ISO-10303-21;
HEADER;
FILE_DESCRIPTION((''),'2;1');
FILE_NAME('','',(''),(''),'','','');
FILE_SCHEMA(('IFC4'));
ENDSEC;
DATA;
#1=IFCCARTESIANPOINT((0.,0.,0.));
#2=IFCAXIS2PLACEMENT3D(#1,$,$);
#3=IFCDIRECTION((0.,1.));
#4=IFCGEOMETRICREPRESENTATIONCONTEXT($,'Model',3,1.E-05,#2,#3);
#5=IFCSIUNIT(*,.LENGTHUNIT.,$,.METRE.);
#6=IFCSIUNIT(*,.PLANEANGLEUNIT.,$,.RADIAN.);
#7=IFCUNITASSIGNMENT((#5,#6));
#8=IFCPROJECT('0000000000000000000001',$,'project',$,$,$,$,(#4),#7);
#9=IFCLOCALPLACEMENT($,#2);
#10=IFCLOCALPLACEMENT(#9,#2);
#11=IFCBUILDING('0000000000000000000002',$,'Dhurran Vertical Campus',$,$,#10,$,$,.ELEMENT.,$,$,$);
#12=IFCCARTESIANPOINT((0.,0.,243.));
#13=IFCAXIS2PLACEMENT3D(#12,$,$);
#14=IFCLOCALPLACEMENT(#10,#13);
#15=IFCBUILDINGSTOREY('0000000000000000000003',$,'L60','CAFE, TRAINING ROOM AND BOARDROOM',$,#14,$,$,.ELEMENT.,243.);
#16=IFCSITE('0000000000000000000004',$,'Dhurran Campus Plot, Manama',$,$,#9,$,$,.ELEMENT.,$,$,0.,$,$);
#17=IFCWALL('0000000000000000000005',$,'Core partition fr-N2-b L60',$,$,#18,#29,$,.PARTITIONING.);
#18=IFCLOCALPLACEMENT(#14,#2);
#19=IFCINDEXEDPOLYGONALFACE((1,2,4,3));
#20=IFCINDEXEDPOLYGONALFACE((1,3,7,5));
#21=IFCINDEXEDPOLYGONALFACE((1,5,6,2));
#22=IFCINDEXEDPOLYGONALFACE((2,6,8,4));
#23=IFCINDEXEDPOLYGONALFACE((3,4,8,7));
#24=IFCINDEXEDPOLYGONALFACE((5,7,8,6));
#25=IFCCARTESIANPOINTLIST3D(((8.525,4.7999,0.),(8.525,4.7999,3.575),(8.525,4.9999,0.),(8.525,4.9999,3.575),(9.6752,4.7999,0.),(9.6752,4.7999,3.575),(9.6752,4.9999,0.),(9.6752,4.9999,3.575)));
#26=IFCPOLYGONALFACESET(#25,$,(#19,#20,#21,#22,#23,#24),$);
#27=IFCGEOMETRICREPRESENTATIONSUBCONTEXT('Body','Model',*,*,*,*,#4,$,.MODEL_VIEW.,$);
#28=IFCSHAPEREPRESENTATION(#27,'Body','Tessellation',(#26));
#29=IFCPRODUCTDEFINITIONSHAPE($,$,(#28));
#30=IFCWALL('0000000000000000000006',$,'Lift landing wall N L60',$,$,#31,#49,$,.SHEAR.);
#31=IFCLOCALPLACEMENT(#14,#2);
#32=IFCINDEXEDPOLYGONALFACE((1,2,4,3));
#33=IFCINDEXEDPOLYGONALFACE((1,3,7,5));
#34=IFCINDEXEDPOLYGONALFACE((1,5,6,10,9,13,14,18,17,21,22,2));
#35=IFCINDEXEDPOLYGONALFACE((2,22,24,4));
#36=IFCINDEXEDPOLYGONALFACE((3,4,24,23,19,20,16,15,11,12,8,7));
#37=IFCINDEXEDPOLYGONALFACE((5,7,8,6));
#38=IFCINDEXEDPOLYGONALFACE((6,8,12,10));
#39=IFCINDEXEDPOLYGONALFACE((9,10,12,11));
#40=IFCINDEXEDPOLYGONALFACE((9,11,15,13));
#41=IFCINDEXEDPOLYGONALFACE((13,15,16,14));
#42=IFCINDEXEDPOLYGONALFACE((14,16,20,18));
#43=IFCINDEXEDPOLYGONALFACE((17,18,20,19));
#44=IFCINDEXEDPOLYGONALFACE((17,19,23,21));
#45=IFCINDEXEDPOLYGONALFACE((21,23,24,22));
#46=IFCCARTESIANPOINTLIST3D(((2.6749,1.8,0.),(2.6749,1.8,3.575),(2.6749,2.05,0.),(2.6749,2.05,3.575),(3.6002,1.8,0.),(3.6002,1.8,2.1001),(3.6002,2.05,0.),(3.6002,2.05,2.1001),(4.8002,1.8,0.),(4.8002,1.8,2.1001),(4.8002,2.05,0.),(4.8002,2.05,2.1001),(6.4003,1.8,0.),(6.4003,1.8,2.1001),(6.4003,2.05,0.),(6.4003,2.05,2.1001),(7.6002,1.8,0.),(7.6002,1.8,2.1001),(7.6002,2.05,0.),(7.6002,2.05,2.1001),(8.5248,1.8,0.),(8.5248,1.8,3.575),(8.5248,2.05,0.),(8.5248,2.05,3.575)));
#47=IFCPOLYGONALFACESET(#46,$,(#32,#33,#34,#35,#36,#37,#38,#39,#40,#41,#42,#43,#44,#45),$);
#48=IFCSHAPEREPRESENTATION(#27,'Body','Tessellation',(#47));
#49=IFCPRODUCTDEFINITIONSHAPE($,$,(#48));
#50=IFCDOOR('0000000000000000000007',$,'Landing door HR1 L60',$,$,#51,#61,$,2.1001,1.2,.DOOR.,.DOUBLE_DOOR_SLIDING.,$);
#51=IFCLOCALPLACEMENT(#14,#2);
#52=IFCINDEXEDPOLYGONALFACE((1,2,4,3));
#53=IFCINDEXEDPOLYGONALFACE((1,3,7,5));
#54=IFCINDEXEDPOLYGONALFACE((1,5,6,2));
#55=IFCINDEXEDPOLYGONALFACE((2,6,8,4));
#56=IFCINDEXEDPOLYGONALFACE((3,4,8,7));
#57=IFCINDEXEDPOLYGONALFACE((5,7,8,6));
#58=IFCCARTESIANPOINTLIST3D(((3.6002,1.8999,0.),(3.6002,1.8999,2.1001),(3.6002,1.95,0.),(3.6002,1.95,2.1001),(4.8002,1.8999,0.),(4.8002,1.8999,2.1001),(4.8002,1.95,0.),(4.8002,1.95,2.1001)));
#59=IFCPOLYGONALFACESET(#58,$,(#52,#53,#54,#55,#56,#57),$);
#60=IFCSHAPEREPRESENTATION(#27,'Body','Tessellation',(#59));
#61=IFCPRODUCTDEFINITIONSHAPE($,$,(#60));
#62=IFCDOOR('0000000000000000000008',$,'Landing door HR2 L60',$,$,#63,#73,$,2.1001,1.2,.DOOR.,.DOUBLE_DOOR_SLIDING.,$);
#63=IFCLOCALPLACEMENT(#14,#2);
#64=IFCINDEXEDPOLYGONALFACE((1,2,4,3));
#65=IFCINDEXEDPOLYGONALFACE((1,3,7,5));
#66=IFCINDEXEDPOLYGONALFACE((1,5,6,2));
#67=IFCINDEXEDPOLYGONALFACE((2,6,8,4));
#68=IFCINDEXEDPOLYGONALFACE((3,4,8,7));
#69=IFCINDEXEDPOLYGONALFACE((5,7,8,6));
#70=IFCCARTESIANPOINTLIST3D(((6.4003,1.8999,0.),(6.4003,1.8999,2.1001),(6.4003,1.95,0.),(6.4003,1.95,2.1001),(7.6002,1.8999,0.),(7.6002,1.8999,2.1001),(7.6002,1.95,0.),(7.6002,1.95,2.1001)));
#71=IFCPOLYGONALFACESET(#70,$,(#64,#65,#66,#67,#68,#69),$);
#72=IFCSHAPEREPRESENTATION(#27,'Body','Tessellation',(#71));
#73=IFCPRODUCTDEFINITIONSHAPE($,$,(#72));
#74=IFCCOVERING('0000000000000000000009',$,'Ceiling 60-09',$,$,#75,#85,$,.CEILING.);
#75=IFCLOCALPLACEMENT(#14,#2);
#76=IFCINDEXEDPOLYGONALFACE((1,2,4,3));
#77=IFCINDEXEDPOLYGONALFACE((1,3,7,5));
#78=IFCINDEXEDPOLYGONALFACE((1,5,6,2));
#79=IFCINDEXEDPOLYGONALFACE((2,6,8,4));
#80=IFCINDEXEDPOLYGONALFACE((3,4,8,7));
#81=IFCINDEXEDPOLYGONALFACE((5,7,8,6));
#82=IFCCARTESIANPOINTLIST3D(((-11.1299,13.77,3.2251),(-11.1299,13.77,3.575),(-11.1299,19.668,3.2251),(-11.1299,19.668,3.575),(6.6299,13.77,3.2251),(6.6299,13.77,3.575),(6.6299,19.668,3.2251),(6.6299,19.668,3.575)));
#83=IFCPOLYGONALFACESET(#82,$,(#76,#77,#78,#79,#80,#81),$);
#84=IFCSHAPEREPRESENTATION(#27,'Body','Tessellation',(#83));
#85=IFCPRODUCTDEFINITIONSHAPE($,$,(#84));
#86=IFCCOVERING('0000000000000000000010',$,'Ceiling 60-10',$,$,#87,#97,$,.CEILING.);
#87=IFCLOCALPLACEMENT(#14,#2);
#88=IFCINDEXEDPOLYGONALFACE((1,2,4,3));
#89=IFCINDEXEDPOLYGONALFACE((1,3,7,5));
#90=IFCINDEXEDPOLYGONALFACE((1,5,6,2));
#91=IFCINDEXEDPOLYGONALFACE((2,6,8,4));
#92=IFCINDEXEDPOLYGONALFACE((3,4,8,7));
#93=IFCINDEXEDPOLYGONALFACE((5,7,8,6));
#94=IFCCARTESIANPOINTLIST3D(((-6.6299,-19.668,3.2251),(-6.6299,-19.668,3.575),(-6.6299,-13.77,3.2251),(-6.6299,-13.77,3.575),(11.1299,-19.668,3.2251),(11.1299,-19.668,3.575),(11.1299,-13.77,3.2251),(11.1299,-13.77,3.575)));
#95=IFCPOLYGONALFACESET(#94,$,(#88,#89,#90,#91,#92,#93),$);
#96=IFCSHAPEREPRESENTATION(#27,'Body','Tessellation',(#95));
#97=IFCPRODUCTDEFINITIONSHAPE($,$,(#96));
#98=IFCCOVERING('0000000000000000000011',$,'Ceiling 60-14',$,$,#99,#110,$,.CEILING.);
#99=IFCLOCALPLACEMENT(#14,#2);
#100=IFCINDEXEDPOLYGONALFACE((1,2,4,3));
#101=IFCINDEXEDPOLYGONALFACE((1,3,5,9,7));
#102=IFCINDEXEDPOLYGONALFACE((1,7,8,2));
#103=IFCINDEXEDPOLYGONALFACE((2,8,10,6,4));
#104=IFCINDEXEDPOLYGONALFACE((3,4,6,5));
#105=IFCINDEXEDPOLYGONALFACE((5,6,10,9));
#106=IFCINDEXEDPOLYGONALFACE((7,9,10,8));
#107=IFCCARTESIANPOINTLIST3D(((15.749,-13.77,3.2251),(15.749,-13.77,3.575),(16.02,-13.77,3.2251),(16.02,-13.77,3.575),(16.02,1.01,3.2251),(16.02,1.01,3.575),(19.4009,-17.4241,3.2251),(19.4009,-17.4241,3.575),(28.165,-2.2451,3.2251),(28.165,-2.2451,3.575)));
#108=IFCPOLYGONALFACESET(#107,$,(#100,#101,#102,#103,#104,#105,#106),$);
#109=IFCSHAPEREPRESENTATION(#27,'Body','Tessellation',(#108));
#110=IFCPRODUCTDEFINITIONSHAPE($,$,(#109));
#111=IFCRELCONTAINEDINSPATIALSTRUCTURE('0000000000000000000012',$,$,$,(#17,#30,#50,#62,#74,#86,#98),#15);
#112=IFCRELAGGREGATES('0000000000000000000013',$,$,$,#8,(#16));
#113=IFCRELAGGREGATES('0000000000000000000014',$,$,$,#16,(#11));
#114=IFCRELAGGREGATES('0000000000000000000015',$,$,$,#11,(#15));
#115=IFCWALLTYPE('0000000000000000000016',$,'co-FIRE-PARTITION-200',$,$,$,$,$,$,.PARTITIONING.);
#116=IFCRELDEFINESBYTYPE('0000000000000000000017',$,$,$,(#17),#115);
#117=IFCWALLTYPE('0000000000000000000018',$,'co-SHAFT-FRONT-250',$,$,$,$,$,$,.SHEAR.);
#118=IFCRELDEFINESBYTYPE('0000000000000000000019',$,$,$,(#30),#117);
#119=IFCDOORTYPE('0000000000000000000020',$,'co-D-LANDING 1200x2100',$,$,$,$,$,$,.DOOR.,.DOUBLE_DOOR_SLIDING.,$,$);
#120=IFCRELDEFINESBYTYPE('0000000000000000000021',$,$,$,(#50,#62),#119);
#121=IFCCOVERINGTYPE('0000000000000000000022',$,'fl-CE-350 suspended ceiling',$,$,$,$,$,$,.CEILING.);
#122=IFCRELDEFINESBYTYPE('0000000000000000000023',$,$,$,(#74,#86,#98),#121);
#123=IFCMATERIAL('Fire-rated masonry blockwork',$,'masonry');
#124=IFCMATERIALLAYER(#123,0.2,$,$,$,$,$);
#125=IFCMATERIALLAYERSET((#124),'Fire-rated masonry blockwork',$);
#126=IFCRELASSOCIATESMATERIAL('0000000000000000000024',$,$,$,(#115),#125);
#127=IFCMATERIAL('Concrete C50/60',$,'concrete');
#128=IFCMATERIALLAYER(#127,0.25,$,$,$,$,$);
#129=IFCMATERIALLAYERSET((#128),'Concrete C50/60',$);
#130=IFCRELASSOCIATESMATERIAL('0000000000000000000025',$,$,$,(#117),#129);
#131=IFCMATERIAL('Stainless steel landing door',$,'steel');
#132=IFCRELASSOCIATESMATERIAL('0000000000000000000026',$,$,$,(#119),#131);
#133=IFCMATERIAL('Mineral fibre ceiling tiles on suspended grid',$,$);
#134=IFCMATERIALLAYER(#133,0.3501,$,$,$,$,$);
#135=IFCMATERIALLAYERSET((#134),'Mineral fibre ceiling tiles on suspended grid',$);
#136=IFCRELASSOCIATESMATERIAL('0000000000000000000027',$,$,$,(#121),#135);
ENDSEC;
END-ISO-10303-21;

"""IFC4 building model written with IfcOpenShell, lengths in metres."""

from ifc_helpers import new_model, si_unit, direction, frame, frame_2d, origin, place, context, subcontext, project, spatial, polyline, rectangle, outline, extrude, material, layer, layer_set, type_object, element, fill, save


model = new_model("IFC4")

# Units and contexts
model_context = context("Model", 3, precision=1e-05, world=origin(), true_north=direction((0.0, 1.0)))
body_context = subcontext(model_context, "Body", "Model", "MODEL_VIEW")
ifc_project = project(units=[si_unit("LENGTHUNIT", "METRE"), si_unit("PLANEANGLEUNIT", "RADIAN")], contexts=[model_context])

# Site, building, storey
site_placement = place(None, origin())
site = spatial("IfcSite", under=ifc_project, at=site_placement, Name="Dhurran Campus Plot, Manama", CompositionType="ELEMENT", RefElevation=0.0)
building_placement = place(site_placement, origin())
building = spatial("IfcBuilding", under=site, at=building_placement, Name="Dhurran Vertical Campus", CompositionType="ELEMENT")
storey_placement = place(building_placement, frame((0.0, 0.0, 243.0)))
storey = spatial("IfcBuildingStorey", under=building, at=storey_placement, Name="L60", Description="CAFE, TRAINING ROOM AND BOARDROOM", CompositionType="ELEMENT", Elevation=243.0)

# Shared definitions
ifc_material_1 = material(Name="Fire-rated masonry blockwork", Category="masonry")
ifc_layer_1 = layer(ifc_material_1, 0.2)
ifc_layer_set_1 = layer_set([ifc_layer_1], Name="Fire-rated masonry blockwork")
wall_type_1 = type_object("IfcWallType", Name="co-FIRE-PARTITION-200", PredefinedType="PARTITIONING", material=ifc_layer_set_1)

# Wall
wall_1_placement = place(storey_placement, frame((8.5249, 4.8999, 0.0), z_axis=(0.0, 0.0, 1.0), x_axis=(1.0, 0.0, 0.0)))
element("IfcWall", 1, at=wall_1_placement, inside=storey, type_object=wall_type_1, Name="Core partition fr-N2-b L60", PredefinedType="PARTITIONING", context=body_context, shape_type="SweptSolid", body=[
    extrude(rectangle(XDim=1.1501, YDim=0.2, at=frame_2d((0.5752, 0.0))), origin(), (0.0, 0.0, 1.0), 3.575),
])

# Wall, openings, doors
ifc_material_2 = material(Name="Concrete C50/60", Category="concrete")
ifc_layer_2 = layer(ifc_material_2, 0.25)
ifc_layer_set_2 = layer_set([ifc_layer_2], Name="Concrete C50/60")
wall_type_2 = type_object("IfcWallType", Name="co-SHAFT-FRONT-250", PredefinedType="SHEAR", material=ifc_layer_set_2)
wall_2_placement = place(storey_placement, frame((2.675, 1.925, 0.0), z_axis=(0.0, 0.0, 1.0), x_axis=(1.0, 0.0, 0.0)))
wall_2 = element("IfcWall", 2, at=wall_2_placement, inside=storey, type_object=wall_type_2, Name="Lift landing wall N L60", PredefinedType="SHEAR", context=body_context, shape_type="SweptSolid", body=[
    extrude(rectangle(XDim=5.8499, YDim=0.25, at=frame_2d((2.9248, 0.0))), origin(), (0.0, 0.0, 1.0), 3.575),
])
opening_1_placement = place(wall_2_placement, frame((0.925, 0.0, 0.0)))
opening_1 = element("IfcOpeningElement", 3, at=opening_1_placement, cuts=wall_2, PredefinedType="OPENING", context=body_context, shape_type="SweptSolid", body=[
    extrude(rectangle(XDim=1.2, YDim=2.1001, at=frame_2d((0.6001, 1.05))), frame((0.0, 0.135, 0.0), z_axis=(0.0, -1.0, 0.0), x_axis=(1.0, 0.0, 0.0)), (0.0, 0.0, 1.0), 0.27),
])
opening_2_placement = place(wall_2_placement, frame((3.7251, 0.0, 0.0)))
opening_2 = element("IfcOpeningElement", 4, at=opening_2_placement, cuts=wall_2, PredefinedType="OPENING", context=body_context, shape_type="SweptSolid", body=[
    extrude(rectangle(XDim=1.2, YDim=2.1001, at=frame_2d((0.6001, 1.05))), frame((0.0, 0.135, 0.0), z_axis=(0.0, -1.0, 0.0), x_axis=(1.0, 0.0, 0.0)), (0.0, 0.0, 1.0), 0.27),
])
ifc_material_3 = material(Name="Stainless steel landing door", Category="steel")
door_type_1 = type_object("IfcDoorType", Name="co-D-LANDING 1200x2100", OperationType="DOUBLE_DOOR_SLIDING", PredefinedType="DOOR", material=ifc_material_3)
door_1_placement = place(opening_1_placement, origin())
door_1 = element("IfcDoor", 5, at=door_1_placement, inside=storey, type_object=door_type_1, Name="Landing door HR1 L60", OperationType="DOUBLE_DOOR_SLIDING", OverallHeight=2.1001, OverallWidth=1.2, PredefinedType="DOOR", context=body_context, shape_type="SweptSolid", body=[
    extrude(rectangle(XDim=1.2, YDim=2.1001, at=frame_2d((0.6001, 1.05))), frame((0.0, 0.0249, 0.0), z_axis=(0.0, -1.0, 0.0), x_axis=(1.0, 0.0, 0.0)), (0.0, 0.0, 1.0), 0.05),
])
fill(opening_1, door_1)
door_2_placement = place(opening_2_placement, origin())
door_2 = element("IfcDoor", 6, at=door_2_placement, inside=storey, type_object=door_type_1, Name="Landing door HR2 L60", OperationType="DOUBLE_DOOR_SLIDING", OverallHeight=2.1001, OverallWidth=1.2, PredefinedType="DOOR", context=body_context, shape_type="SweptSolid", body=[
    extrude(rectangle(XDim=1.2, YDim=2.1001, at=frame_2d((0.6001, 1.05))), frame((0.0, 0.0249, 0.0), z_axis=(0.0, -1.0, 0.0), x_axis=(1.0, 0.0, 0.0)), (0.0, 0.0, 1.0), 0.05),
])
fill(opening_2, door_2)

# Coverings
ifc_material_4 = material(Name="Mineral fibre ceiling tiles on suspended grid")
ifc_layer_3 = layer(ifc_material_4, 0.3501)
ifc_layer_set_3 = layer_set([ifc_layer_3], Name="Mineral fibre ceiling tiles on suspended grid")
covering_type = type_object("IfcCoveringType", Name="fl-CE-350 suspended ceiling", PredefinedType="CEILING", material=ifc_layer_set_3)
covering_1_placement = place(storey_placement, frame((0.0, 0.0, 3.2251)))
element("IfcCovering", 7, at=covering_1_placement, inside=storey, type_object=covering_type, Name="Ceiling 60-09", PredefinedType="CEILING", context=body_context, shape_type="SweptSolid", body=[
    extrude(outline(polyline([(-11.1299, 19.668), (6.6299, 19.668), (6.6299, 13.77), (-11.1299, 13.77), (-11.1299, 19.668)])), origin(), (0.0, 0.0, 1.0), 0.3499),
])
covering_2_placement = place(storey_placement, frame((0.0, 0.0, 3.2251)))
element("IfcCovering", 8, at=covering_2_placement, inside=storey, type_object=covering_type, Name="Ceiling 60-10", PredefinedType="CEILING", context=body_context, shape_type="SweptSolid", body=[
    extrude(outline(polyline([(11.1299, -19.668), (-6.6299, -19.668), (-6.6299, -13.77), (11.1299, -13.77), (11.1299, -19.668)])), origin(), (0.0, 0.0, 1.0), 0.3499),
])
covering_3_placement = place(storey_placement, frame((0.0, 0.0, 3.2251)))
element("IfcCovering", 9, at=covering_3_placement, inside=storey, type_object=covering_type, Name="Ceiling 60-14", PredefinedType="CEILING", context=body_context, shape_type="SweptSolid", body=[
    extrude(outline(polyline([(28.165, -2.2451), (19.4009, -17.4241), (15.749, -13.77), (16.02, -13.77), (16.02, 1.01), (28.165, -2.2451)])), origin(), (0.0, 0.0, 1.0), 0.3499),
])

save(model, "model.ifc")
